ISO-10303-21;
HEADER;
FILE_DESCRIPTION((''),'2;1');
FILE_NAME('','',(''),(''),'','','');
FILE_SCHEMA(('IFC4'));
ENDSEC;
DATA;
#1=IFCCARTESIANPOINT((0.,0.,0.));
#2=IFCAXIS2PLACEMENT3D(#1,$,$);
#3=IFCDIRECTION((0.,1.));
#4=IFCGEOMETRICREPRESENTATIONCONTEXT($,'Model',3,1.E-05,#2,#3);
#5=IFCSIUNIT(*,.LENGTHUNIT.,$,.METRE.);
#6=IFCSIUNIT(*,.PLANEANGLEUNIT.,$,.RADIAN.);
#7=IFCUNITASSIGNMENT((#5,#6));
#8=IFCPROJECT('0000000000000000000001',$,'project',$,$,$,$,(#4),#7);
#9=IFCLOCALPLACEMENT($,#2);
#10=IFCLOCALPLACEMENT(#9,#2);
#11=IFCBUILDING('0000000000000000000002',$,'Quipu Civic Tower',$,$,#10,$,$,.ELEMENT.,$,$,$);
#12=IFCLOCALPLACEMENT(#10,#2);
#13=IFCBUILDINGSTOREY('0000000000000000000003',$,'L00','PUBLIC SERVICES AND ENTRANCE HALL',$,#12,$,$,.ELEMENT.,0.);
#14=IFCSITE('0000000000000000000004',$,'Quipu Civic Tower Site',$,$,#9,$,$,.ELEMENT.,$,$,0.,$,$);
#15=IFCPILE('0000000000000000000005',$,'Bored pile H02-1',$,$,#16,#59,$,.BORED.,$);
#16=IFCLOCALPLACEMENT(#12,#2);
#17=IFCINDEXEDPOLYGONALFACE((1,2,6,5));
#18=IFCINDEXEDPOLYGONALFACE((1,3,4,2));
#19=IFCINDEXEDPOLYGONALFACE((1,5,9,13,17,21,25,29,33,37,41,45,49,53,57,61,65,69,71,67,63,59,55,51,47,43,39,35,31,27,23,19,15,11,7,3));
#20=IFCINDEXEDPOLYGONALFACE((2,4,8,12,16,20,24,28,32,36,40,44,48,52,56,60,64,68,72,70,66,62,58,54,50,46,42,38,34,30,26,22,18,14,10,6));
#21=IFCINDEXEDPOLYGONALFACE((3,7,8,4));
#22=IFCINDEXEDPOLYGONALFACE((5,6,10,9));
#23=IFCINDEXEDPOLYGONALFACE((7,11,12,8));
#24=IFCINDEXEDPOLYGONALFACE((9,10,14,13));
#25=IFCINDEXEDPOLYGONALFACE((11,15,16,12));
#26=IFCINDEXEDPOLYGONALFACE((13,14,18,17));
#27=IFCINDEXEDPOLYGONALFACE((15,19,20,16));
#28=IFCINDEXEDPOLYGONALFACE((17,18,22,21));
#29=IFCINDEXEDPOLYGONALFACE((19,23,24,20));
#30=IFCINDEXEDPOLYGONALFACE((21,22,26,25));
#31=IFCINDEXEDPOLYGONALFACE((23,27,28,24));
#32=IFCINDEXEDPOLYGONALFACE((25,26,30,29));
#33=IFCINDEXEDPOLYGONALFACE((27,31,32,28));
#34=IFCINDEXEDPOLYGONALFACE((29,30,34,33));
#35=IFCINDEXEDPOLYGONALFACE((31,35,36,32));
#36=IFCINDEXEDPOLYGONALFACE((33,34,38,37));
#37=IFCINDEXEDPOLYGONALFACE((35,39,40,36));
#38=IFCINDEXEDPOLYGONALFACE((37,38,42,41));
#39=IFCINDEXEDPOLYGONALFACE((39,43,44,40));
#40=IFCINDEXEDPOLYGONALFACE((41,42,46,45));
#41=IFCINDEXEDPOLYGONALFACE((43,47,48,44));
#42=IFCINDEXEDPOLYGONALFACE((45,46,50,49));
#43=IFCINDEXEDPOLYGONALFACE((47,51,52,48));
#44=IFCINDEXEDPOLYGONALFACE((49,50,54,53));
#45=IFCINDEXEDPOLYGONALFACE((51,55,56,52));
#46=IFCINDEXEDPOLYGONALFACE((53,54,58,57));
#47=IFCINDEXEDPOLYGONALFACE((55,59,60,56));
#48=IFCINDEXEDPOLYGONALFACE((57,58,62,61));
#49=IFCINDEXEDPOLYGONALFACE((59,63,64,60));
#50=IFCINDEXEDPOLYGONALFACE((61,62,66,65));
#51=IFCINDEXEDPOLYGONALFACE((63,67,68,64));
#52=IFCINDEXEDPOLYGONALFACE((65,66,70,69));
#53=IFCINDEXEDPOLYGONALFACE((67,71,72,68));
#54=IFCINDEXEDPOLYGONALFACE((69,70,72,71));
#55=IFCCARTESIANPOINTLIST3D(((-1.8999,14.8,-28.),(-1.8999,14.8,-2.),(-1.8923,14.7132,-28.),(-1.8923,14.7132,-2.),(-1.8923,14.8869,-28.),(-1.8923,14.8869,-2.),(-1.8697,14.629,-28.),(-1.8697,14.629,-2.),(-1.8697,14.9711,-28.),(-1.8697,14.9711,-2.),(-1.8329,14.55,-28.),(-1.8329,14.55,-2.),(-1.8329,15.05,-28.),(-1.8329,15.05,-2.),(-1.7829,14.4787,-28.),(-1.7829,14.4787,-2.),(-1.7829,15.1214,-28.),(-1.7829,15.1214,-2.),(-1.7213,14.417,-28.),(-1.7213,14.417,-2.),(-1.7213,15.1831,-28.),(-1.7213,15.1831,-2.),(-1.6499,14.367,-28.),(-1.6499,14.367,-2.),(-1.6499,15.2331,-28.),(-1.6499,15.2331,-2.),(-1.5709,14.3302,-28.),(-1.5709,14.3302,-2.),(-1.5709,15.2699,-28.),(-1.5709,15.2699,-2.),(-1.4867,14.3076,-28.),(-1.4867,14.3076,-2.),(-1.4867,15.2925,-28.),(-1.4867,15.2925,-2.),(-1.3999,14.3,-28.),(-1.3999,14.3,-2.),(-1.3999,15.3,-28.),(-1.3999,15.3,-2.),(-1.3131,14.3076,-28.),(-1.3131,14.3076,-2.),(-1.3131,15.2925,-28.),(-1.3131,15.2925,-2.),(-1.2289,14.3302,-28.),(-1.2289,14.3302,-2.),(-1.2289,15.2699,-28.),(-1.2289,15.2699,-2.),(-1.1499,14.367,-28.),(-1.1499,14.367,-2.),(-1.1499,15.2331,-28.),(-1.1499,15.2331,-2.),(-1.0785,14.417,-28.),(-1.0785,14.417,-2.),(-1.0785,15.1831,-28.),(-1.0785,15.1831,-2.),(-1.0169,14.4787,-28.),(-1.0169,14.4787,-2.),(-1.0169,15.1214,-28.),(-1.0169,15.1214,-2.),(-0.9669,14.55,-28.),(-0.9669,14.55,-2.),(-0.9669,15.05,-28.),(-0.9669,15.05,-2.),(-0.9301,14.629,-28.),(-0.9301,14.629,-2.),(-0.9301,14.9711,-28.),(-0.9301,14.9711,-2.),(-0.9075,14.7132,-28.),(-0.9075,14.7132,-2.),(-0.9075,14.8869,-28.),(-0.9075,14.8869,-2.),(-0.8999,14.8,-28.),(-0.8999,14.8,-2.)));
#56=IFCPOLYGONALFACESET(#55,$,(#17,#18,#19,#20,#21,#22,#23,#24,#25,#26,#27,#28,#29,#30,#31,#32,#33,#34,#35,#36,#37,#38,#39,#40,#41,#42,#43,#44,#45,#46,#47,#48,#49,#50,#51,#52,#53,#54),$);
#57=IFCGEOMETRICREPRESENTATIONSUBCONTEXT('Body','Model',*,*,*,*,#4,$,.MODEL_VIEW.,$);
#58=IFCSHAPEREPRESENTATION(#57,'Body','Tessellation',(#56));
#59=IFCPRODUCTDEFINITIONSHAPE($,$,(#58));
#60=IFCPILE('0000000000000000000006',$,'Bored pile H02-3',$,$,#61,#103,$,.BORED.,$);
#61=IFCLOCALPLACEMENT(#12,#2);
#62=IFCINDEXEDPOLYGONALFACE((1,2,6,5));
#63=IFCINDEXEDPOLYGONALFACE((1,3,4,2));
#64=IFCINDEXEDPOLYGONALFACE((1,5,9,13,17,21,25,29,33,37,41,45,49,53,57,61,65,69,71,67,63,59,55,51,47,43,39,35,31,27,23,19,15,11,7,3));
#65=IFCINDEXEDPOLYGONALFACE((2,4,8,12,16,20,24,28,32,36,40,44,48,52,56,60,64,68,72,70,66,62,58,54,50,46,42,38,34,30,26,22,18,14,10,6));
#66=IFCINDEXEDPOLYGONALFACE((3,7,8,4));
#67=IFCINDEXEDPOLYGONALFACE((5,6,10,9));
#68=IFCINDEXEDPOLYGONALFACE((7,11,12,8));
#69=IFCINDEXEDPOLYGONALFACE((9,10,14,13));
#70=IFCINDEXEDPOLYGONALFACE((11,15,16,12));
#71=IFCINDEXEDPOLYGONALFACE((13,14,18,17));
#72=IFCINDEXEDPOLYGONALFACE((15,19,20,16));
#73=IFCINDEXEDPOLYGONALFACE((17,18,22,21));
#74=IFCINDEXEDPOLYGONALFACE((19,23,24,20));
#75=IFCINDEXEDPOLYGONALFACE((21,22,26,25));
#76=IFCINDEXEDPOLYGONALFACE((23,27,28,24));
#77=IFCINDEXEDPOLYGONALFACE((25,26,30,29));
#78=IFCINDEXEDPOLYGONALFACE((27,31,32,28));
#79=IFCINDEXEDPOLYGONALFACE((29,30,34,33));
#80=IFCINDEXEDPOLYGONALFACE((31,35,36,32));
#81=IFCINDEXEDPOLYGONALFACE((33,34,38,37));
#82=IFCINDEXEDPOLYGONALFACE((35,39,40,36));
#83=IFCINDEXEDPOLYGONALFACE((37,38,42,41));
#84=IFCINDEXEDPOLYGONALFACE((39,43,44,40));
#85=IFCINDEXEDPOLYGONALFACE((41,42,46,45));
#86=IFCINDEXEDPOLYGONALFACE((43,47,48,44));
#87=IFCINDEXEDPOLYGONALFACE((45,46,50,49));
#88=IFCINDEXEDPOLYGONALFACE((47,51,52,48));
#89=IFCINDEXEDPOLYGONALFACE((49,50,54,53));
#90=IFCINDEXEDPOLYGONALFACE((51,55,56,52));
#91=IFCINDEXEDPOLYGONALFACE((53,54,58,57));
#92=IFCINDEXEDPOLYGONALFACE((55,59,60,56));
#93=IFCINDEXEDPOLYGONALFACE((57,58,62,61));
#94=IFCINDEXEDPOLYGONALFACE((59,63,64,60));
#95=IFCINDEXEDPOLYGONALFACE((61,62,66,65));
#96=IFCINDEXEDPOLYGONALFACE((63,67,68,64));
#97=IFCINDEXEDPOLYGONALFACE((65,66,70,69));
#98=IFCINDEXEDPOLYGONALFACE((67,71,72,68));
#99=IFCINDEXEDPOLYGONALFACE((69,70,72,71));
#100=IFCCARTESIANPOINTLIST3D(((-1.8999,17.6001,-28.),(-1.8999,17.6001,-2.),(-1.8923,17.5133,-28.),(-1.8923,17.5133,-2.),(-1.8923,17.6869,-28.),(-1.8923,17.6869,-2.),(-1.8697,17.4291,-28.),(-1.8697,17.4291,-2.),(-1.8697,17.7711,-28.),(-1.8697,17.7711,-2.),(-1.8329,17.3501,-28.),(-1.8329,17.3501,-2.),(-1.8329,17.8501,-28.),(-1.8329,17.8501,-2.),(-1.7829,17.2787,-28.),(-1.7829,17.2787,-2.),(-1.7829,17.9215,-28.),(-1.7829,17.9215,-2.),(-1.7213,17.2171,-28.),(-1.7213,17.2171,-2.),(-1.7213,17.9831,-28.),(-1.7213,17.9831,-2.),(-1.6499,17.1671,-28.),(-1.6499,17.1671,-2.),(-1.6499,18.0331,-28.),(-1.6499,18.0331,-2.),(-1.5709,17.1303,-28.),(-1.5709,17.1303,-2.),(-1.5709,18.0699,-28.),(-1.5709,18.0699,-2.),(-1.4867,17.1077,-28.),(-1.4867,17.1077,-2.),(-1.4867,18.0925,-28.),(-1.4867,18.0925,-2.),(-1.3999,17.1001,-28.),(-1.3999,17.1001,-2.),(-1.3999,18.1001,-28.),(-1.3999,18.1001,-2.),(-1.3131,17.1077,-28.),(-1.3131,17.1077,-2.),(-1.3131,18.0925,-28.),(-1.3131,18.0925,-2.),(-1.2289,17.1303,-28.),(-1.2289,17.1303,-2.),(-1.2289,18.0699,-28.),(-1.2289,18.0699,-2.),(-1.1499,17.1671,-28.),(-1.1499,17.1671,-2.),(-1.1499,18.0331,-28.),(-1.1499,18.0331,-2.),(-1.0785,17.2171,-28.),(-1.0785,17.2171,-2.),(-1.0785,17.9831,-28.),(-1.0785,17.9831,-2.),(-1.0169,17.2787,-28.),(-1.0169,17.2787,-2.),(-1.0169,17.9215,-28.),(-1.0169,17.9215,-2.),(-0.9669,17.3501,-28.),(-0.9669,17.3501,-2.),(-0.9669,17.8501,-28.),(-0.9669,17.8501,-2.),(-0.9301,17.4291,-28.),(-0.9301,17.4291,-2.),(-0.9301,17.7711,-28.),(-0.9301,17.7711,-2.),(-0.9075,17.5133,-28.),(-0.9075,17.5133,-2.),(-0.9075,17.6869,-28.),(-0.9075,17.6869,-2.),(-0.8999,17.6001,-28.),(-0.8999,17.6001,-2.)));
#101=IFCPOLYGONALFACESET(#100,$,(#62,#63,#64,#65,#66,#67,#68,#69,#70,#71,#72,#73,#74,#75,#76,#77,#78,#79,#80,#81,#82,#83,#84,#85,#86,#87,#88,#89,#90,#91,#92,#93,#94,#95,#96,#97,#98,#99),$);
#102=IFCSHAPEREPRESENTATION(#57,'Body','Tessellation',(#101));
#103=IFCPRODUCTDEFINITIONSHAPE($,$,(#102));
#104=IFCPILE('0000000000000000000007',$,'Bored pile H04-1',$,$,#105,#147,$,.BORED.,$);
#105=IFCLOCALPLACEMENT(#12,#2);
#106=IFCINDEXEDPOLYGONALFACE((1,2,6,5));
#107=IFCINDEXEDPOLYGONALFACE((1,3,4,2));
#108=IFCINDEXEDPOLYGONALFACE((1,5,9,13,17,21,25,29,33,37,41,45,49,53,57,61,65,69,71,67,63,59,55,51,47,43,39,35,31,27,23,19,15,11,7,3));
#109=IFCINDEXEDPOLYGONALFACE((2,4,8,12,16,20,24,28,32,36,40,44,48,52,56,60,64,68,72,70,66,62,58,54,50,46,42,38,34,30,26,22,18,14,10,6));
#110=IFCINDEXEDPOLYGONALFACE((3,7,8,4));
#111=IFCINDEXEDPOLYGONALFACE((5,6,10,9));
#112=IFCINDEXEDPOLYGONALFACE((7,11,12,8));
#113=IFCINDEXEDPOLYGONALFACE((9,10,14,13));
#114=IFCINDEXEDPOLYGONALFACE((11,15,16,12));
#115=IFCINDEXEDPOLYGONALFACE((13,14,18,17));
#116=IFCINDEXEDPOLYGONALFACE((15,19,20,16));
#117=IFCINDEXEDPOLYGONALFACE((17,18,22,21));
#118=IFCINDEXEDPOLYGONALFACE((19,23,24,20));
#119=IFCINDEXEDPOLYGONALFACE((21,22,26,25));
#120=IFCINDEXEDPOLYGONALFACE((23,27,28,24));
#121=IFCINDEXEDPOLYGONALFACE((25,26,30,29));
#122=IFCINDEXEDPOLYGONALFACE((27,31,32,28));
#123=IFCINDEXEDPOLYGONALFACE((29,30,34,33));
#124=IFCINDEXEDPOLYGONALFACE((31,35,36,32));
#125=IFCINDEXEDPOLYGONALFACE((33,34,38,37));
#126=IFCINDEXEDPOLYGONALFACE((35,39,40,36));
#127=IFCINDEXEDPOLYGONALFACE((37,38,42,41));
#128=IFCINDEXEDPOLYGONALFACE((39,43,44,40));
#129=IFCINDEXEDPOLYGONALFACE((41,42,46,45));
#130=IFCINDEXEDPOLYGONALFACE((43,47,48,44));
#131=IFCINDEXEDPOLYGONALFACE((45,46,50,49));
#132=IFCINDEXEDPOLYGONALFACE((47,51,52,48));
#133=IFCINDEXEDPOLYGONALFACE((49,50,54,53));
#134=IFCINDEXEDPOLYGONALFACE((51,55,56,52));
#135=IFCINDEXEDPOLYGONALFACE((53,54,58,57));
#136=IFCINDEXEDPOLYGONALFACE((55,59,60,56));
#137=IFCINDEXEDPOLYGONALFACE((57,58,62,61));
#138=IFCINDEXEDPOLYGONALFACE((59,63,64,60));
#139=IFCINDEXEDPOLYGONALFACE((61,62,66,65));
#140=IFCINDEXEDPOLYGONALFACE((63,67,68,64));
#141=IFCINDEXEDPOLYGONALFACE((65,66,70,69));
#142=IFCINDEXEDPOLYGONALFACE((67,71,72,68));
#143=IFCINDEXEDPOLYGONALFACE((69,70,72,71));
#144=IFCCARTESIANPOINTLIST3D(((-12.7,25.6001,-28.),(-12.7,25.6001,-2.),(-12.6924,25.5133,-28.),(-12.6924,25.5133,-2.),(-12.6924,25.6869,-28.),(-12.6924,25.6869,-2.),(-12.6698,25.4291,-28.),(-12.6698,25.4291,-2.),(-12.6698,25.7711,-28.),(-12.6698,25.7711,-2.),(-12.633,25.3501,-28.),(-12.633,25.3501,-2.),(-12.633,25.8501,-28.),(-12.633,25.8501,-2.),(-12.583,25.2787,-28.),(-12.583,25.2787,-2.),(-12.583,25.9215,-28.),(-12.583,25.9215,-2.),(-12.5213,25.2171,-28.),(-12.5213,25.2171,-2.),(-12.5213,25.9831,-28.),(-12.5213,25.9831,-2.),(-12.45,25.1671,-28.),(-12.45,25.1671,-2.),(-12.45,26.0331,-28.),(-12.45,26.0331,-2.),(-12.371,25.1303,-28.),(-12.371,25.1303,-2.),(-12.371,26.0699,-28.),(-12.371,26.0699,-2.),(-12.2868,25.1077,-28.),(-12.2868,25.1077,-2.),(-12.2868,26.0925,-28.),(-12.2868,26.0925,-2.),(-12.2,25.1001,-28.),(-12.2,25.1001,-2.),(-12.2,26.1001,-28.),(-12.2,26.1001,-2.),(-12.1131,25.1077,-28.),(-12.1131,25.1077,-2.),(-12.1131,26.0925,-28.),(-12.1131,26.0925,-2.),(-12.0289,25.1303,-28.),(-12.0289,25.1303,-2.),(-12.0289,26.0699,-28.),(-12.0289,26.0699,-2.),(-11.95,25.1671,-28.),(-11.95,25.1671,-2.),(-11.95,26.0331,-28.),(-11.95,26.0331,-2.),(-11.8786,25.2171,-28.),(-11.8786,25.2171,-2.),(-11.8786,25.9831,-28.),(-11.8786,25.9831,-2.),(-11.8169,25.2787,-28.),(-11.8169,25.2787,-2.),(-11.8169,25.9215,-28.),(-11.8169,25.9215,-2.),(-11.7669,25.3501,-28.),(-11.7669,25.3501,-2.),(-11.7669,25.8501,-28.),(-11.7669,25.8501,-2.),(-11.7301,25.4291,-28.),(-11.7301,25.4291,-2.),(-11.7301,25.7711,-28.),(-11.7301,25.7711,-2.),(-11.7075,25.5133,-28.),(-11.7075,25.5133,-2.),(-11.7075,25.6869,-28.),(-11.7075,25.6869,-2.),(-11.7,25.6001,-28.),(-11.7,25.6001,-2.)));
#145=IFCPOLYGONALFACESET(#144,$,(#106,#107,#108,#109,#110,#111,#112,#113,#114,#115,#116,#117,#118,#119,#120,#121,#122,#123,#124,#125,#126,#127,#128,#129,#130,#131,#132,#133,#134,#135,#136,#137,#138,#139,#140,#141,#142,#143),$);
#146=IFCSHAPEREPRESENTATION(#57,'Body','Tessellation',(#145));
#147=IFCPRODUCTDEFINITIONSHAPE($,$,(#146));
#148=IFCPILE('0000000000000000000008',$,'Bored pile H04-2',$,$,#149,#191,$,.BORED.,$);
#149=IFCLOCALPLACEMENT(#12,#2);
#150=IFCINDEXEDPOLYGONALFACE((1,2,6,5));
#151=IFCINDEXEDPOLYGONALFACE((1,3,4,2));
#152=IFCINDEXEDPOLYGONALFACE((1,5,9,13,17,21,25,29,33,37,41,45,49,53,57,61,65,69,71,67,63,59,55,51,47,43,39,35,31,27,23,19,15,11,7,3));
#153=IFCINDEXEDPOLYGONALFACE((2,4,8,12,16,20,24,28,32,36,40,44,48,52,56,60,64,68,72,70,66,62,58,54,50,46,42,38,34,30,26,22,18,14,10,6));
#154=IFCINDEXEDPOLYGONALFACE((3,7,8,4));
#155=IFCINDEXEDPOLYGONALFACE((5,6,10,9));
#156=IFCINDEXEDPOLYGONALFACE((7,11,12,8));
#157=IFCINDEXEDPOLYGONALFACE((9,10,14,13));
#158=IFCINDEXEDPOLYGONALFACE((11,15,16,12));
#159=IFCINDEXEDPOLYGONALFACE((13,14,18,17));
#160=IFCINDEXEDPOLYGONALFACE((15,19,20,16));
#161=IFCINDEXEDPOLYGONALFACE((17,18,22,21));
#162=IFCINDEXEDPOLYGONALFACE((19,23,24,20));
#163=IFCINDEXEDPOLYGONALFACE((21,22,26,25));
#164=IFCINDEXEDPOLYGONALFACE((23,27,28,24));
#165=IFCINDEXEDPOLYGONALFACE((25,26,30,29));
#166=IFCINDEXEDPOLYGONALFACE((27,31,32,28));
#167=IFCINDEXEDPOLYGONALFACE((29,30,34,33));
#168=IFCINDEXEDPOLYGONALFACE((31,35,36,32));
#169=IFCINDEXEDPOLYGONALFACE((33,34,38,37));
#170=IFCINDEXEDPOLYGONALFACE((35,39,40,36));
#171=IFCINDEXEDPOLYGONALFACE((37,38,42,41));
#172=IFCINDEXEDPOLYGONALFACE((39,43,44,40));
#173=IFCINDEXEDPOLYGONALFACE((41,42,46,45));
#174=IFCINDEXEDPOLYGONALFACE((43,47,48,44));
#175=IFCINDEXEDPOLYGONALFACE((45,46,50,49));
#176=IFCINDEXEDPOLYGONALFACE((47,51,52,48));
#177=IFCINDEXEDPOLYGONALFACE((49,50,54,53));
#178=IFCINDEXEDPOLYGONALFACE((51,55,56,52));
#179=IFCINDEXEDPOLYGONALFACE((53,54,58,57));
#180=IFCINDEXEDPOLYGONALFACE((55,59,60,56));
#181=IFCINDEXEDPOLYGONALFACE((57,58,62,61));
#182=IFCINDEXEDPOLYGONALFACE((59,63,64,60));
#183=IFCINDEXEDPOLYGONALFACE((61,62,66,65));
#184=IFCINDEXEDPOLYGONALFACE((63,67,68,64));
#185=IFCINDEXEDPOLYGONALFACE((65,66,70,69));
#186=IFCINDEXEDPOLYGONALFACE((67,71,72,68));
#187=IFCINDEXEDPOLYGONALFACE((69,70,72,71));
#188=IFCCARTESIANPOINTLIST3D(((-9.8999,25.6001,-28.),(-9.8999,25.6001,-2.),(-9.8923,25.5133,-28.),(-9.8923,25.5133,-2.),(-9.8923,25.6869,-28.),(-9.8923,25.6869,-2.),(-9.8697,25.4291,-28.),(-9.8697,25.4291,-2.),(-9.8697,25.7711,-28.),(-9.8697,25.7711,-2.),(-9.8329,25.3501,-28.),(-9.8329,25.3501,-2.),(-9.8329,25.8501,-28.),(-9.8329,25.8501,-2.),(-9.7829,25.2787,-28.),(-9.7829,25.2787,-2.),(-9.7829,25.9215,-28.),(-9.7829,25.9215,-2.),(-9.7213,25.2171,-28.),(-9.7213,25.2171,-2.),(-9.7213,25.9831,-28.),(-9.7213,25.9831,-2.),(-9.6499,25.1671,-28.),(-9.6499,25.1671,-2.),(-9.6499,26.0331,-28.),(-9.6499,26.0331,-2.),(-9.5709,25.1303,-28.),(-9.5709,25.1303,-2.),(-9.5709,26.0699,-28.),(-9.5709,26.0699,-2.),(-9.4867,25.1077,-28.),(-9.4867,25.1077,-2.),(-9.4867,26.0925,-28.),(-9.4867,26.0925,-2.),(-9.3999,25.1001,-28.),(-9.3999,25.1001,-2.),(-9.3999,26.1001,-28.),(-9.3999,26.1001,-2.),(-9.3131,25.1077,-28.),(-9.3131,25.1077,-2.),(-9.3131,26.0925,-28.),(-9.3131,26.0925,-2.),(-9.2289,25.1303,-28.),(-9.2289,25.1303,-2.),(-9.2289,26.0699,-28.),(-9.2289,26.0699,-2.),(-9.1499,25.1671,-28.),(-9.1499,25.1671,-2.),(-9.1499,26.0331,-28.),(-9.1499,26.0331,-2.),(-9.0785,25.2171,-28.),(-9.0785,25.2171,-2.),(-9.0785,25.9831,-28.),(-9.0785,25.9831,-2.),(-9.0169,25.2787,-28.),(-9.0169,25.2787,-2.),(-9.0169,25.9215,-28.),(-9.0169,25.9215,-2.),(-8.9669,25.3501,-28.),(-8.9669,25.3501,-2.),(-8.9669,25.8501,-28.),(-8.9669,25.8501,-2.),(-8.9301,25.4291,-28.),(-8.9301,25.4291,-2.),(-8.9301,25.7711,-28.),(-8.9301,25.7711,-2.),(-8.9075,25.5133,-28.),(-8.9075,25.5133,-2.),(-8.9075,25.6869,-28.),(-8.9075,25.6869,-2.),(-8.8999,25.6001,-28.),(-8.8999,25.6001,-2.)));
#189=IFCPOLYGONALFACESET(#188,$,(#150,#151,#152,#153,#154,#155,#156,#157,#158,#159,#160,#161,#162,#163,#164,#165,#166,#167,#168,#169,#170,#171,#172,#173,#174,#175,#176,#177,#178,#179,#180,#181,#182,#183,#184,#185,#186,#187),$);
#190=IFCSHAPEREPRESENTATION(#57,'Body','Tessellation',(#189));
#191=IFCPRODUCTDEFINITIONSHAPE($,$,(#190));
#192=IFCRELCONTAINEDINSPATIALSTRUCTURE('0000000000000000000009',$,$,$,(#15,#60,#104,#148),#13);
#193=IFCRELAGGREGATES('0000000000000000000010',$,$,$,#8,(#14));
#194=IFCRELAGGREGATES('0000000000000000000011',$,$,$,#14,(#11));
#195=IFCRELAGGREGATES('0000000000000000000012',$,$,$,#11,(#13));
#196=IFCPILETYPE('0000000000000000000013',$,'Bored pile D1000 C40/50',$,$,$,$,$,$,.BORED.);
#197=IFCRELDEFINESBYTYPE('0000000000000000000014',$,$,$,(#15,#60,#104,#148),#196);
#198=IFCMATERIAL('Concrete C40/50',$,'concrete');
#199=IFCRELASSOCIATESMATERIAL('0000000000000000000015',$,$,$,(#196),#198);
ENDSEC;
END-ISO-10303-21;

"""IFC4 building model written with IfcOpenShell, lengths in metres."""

from ifc_helpers import new_model, si_unit, direction, frame, origin, origin_2d, place, context, subcontext, project, spatial, circle, extrude, material, material_profile, profile_set, type_object, element, save


model = new_model("IFC4")

# Units and contexts
model_context = context("Model", 3, precision=1e-05, world=origin(), true_north=direction((0.0, 1.0)))
body_context = subcontext(model_context, "Body", "Model", "MODEL_VIEW")
ifc_project = project(units=[si_unit("LENGTHUNIT", "METRE"), si_unit("PLANEANGLEUNIT", "RADIAN")], contexts=[model_context])

# Site, building, storey
site_placement = place(None, origin())
site = spatial("IfcSite", under=ifc_project, at=site_placement, Name="Quipu Civic Tower Site", CompositionType="ELEMENT", RefElevation=0.0)
building_placement = place(site_placement, origin())
building = spatial("IfcBuilding", under=site, at=building_placement, Name="Quipu Civic Tower", CompositionType="ELEMENT")
storey_placement = place(building_placement, origin())
storey = spatial("IfcBuildingStorey", under=building, at=storey_placement, Name="L00", Description="PUBLIC SERVICES AND ENTRANCE HALL", CompositionType="ELEMENT", Elevation=0.0)

# Piles
ifc_material_1 = material(Name="Concrete C40/50", Category="concrete")
ifc_material_profile_1 = material_profile(ifc_material_1, circle(Radius=0.5, at=origin_2d()), Name="RCD1000")
ifc_profile_set_1 = profile_set([ifc_material_profile_1], Name="Concrete C40/50")
pile_type_1 = type_object("IfcPileType", Name="Bored pile D1000 C40/50", PredefinedType="BORED", material=ifc_profile_set_1)
for number, where, z_axis, x_axis, name in (
    (1, (-1.3999, 14.8, -2.0), (0.0, 0.0, -1.0), (1.0, 0.0, 0.0), "Bored pile H02-1"),
    (2, (-1.3999, 17.6001, -2.0), (0.0, 0.0, -1.0), (1.0, 0.0, 0.0), "Bored pile H02-3"),
    (3, (-12.2, 25.6001, -2.0), (0.0, 0.0, -1.0), (1.0, 0.0, 0.0), "Bored pile H04-1"),
    (4, (-9.3999, 25.6001, -2.0), (0.0, 0.0, -1.0), (1.0, 0.0, 0.0), "Bored pile H04-2"),
):
    element("IfcPile", number, at=place(storey_placement, frame(where, z_axis=z_axis, x_axis=x_axis)), inside=storey, type_object=pile_type_1, Name=name, PredefinedType="BORED", context=body_context, shape_type="SweptSolid", body=[
        extrude(circle(Radius=0.5, at=origin_2d()), origin(), (0.0, 0.0, 1.0), 26.0),
    ])

save(model, "model.ifc")
